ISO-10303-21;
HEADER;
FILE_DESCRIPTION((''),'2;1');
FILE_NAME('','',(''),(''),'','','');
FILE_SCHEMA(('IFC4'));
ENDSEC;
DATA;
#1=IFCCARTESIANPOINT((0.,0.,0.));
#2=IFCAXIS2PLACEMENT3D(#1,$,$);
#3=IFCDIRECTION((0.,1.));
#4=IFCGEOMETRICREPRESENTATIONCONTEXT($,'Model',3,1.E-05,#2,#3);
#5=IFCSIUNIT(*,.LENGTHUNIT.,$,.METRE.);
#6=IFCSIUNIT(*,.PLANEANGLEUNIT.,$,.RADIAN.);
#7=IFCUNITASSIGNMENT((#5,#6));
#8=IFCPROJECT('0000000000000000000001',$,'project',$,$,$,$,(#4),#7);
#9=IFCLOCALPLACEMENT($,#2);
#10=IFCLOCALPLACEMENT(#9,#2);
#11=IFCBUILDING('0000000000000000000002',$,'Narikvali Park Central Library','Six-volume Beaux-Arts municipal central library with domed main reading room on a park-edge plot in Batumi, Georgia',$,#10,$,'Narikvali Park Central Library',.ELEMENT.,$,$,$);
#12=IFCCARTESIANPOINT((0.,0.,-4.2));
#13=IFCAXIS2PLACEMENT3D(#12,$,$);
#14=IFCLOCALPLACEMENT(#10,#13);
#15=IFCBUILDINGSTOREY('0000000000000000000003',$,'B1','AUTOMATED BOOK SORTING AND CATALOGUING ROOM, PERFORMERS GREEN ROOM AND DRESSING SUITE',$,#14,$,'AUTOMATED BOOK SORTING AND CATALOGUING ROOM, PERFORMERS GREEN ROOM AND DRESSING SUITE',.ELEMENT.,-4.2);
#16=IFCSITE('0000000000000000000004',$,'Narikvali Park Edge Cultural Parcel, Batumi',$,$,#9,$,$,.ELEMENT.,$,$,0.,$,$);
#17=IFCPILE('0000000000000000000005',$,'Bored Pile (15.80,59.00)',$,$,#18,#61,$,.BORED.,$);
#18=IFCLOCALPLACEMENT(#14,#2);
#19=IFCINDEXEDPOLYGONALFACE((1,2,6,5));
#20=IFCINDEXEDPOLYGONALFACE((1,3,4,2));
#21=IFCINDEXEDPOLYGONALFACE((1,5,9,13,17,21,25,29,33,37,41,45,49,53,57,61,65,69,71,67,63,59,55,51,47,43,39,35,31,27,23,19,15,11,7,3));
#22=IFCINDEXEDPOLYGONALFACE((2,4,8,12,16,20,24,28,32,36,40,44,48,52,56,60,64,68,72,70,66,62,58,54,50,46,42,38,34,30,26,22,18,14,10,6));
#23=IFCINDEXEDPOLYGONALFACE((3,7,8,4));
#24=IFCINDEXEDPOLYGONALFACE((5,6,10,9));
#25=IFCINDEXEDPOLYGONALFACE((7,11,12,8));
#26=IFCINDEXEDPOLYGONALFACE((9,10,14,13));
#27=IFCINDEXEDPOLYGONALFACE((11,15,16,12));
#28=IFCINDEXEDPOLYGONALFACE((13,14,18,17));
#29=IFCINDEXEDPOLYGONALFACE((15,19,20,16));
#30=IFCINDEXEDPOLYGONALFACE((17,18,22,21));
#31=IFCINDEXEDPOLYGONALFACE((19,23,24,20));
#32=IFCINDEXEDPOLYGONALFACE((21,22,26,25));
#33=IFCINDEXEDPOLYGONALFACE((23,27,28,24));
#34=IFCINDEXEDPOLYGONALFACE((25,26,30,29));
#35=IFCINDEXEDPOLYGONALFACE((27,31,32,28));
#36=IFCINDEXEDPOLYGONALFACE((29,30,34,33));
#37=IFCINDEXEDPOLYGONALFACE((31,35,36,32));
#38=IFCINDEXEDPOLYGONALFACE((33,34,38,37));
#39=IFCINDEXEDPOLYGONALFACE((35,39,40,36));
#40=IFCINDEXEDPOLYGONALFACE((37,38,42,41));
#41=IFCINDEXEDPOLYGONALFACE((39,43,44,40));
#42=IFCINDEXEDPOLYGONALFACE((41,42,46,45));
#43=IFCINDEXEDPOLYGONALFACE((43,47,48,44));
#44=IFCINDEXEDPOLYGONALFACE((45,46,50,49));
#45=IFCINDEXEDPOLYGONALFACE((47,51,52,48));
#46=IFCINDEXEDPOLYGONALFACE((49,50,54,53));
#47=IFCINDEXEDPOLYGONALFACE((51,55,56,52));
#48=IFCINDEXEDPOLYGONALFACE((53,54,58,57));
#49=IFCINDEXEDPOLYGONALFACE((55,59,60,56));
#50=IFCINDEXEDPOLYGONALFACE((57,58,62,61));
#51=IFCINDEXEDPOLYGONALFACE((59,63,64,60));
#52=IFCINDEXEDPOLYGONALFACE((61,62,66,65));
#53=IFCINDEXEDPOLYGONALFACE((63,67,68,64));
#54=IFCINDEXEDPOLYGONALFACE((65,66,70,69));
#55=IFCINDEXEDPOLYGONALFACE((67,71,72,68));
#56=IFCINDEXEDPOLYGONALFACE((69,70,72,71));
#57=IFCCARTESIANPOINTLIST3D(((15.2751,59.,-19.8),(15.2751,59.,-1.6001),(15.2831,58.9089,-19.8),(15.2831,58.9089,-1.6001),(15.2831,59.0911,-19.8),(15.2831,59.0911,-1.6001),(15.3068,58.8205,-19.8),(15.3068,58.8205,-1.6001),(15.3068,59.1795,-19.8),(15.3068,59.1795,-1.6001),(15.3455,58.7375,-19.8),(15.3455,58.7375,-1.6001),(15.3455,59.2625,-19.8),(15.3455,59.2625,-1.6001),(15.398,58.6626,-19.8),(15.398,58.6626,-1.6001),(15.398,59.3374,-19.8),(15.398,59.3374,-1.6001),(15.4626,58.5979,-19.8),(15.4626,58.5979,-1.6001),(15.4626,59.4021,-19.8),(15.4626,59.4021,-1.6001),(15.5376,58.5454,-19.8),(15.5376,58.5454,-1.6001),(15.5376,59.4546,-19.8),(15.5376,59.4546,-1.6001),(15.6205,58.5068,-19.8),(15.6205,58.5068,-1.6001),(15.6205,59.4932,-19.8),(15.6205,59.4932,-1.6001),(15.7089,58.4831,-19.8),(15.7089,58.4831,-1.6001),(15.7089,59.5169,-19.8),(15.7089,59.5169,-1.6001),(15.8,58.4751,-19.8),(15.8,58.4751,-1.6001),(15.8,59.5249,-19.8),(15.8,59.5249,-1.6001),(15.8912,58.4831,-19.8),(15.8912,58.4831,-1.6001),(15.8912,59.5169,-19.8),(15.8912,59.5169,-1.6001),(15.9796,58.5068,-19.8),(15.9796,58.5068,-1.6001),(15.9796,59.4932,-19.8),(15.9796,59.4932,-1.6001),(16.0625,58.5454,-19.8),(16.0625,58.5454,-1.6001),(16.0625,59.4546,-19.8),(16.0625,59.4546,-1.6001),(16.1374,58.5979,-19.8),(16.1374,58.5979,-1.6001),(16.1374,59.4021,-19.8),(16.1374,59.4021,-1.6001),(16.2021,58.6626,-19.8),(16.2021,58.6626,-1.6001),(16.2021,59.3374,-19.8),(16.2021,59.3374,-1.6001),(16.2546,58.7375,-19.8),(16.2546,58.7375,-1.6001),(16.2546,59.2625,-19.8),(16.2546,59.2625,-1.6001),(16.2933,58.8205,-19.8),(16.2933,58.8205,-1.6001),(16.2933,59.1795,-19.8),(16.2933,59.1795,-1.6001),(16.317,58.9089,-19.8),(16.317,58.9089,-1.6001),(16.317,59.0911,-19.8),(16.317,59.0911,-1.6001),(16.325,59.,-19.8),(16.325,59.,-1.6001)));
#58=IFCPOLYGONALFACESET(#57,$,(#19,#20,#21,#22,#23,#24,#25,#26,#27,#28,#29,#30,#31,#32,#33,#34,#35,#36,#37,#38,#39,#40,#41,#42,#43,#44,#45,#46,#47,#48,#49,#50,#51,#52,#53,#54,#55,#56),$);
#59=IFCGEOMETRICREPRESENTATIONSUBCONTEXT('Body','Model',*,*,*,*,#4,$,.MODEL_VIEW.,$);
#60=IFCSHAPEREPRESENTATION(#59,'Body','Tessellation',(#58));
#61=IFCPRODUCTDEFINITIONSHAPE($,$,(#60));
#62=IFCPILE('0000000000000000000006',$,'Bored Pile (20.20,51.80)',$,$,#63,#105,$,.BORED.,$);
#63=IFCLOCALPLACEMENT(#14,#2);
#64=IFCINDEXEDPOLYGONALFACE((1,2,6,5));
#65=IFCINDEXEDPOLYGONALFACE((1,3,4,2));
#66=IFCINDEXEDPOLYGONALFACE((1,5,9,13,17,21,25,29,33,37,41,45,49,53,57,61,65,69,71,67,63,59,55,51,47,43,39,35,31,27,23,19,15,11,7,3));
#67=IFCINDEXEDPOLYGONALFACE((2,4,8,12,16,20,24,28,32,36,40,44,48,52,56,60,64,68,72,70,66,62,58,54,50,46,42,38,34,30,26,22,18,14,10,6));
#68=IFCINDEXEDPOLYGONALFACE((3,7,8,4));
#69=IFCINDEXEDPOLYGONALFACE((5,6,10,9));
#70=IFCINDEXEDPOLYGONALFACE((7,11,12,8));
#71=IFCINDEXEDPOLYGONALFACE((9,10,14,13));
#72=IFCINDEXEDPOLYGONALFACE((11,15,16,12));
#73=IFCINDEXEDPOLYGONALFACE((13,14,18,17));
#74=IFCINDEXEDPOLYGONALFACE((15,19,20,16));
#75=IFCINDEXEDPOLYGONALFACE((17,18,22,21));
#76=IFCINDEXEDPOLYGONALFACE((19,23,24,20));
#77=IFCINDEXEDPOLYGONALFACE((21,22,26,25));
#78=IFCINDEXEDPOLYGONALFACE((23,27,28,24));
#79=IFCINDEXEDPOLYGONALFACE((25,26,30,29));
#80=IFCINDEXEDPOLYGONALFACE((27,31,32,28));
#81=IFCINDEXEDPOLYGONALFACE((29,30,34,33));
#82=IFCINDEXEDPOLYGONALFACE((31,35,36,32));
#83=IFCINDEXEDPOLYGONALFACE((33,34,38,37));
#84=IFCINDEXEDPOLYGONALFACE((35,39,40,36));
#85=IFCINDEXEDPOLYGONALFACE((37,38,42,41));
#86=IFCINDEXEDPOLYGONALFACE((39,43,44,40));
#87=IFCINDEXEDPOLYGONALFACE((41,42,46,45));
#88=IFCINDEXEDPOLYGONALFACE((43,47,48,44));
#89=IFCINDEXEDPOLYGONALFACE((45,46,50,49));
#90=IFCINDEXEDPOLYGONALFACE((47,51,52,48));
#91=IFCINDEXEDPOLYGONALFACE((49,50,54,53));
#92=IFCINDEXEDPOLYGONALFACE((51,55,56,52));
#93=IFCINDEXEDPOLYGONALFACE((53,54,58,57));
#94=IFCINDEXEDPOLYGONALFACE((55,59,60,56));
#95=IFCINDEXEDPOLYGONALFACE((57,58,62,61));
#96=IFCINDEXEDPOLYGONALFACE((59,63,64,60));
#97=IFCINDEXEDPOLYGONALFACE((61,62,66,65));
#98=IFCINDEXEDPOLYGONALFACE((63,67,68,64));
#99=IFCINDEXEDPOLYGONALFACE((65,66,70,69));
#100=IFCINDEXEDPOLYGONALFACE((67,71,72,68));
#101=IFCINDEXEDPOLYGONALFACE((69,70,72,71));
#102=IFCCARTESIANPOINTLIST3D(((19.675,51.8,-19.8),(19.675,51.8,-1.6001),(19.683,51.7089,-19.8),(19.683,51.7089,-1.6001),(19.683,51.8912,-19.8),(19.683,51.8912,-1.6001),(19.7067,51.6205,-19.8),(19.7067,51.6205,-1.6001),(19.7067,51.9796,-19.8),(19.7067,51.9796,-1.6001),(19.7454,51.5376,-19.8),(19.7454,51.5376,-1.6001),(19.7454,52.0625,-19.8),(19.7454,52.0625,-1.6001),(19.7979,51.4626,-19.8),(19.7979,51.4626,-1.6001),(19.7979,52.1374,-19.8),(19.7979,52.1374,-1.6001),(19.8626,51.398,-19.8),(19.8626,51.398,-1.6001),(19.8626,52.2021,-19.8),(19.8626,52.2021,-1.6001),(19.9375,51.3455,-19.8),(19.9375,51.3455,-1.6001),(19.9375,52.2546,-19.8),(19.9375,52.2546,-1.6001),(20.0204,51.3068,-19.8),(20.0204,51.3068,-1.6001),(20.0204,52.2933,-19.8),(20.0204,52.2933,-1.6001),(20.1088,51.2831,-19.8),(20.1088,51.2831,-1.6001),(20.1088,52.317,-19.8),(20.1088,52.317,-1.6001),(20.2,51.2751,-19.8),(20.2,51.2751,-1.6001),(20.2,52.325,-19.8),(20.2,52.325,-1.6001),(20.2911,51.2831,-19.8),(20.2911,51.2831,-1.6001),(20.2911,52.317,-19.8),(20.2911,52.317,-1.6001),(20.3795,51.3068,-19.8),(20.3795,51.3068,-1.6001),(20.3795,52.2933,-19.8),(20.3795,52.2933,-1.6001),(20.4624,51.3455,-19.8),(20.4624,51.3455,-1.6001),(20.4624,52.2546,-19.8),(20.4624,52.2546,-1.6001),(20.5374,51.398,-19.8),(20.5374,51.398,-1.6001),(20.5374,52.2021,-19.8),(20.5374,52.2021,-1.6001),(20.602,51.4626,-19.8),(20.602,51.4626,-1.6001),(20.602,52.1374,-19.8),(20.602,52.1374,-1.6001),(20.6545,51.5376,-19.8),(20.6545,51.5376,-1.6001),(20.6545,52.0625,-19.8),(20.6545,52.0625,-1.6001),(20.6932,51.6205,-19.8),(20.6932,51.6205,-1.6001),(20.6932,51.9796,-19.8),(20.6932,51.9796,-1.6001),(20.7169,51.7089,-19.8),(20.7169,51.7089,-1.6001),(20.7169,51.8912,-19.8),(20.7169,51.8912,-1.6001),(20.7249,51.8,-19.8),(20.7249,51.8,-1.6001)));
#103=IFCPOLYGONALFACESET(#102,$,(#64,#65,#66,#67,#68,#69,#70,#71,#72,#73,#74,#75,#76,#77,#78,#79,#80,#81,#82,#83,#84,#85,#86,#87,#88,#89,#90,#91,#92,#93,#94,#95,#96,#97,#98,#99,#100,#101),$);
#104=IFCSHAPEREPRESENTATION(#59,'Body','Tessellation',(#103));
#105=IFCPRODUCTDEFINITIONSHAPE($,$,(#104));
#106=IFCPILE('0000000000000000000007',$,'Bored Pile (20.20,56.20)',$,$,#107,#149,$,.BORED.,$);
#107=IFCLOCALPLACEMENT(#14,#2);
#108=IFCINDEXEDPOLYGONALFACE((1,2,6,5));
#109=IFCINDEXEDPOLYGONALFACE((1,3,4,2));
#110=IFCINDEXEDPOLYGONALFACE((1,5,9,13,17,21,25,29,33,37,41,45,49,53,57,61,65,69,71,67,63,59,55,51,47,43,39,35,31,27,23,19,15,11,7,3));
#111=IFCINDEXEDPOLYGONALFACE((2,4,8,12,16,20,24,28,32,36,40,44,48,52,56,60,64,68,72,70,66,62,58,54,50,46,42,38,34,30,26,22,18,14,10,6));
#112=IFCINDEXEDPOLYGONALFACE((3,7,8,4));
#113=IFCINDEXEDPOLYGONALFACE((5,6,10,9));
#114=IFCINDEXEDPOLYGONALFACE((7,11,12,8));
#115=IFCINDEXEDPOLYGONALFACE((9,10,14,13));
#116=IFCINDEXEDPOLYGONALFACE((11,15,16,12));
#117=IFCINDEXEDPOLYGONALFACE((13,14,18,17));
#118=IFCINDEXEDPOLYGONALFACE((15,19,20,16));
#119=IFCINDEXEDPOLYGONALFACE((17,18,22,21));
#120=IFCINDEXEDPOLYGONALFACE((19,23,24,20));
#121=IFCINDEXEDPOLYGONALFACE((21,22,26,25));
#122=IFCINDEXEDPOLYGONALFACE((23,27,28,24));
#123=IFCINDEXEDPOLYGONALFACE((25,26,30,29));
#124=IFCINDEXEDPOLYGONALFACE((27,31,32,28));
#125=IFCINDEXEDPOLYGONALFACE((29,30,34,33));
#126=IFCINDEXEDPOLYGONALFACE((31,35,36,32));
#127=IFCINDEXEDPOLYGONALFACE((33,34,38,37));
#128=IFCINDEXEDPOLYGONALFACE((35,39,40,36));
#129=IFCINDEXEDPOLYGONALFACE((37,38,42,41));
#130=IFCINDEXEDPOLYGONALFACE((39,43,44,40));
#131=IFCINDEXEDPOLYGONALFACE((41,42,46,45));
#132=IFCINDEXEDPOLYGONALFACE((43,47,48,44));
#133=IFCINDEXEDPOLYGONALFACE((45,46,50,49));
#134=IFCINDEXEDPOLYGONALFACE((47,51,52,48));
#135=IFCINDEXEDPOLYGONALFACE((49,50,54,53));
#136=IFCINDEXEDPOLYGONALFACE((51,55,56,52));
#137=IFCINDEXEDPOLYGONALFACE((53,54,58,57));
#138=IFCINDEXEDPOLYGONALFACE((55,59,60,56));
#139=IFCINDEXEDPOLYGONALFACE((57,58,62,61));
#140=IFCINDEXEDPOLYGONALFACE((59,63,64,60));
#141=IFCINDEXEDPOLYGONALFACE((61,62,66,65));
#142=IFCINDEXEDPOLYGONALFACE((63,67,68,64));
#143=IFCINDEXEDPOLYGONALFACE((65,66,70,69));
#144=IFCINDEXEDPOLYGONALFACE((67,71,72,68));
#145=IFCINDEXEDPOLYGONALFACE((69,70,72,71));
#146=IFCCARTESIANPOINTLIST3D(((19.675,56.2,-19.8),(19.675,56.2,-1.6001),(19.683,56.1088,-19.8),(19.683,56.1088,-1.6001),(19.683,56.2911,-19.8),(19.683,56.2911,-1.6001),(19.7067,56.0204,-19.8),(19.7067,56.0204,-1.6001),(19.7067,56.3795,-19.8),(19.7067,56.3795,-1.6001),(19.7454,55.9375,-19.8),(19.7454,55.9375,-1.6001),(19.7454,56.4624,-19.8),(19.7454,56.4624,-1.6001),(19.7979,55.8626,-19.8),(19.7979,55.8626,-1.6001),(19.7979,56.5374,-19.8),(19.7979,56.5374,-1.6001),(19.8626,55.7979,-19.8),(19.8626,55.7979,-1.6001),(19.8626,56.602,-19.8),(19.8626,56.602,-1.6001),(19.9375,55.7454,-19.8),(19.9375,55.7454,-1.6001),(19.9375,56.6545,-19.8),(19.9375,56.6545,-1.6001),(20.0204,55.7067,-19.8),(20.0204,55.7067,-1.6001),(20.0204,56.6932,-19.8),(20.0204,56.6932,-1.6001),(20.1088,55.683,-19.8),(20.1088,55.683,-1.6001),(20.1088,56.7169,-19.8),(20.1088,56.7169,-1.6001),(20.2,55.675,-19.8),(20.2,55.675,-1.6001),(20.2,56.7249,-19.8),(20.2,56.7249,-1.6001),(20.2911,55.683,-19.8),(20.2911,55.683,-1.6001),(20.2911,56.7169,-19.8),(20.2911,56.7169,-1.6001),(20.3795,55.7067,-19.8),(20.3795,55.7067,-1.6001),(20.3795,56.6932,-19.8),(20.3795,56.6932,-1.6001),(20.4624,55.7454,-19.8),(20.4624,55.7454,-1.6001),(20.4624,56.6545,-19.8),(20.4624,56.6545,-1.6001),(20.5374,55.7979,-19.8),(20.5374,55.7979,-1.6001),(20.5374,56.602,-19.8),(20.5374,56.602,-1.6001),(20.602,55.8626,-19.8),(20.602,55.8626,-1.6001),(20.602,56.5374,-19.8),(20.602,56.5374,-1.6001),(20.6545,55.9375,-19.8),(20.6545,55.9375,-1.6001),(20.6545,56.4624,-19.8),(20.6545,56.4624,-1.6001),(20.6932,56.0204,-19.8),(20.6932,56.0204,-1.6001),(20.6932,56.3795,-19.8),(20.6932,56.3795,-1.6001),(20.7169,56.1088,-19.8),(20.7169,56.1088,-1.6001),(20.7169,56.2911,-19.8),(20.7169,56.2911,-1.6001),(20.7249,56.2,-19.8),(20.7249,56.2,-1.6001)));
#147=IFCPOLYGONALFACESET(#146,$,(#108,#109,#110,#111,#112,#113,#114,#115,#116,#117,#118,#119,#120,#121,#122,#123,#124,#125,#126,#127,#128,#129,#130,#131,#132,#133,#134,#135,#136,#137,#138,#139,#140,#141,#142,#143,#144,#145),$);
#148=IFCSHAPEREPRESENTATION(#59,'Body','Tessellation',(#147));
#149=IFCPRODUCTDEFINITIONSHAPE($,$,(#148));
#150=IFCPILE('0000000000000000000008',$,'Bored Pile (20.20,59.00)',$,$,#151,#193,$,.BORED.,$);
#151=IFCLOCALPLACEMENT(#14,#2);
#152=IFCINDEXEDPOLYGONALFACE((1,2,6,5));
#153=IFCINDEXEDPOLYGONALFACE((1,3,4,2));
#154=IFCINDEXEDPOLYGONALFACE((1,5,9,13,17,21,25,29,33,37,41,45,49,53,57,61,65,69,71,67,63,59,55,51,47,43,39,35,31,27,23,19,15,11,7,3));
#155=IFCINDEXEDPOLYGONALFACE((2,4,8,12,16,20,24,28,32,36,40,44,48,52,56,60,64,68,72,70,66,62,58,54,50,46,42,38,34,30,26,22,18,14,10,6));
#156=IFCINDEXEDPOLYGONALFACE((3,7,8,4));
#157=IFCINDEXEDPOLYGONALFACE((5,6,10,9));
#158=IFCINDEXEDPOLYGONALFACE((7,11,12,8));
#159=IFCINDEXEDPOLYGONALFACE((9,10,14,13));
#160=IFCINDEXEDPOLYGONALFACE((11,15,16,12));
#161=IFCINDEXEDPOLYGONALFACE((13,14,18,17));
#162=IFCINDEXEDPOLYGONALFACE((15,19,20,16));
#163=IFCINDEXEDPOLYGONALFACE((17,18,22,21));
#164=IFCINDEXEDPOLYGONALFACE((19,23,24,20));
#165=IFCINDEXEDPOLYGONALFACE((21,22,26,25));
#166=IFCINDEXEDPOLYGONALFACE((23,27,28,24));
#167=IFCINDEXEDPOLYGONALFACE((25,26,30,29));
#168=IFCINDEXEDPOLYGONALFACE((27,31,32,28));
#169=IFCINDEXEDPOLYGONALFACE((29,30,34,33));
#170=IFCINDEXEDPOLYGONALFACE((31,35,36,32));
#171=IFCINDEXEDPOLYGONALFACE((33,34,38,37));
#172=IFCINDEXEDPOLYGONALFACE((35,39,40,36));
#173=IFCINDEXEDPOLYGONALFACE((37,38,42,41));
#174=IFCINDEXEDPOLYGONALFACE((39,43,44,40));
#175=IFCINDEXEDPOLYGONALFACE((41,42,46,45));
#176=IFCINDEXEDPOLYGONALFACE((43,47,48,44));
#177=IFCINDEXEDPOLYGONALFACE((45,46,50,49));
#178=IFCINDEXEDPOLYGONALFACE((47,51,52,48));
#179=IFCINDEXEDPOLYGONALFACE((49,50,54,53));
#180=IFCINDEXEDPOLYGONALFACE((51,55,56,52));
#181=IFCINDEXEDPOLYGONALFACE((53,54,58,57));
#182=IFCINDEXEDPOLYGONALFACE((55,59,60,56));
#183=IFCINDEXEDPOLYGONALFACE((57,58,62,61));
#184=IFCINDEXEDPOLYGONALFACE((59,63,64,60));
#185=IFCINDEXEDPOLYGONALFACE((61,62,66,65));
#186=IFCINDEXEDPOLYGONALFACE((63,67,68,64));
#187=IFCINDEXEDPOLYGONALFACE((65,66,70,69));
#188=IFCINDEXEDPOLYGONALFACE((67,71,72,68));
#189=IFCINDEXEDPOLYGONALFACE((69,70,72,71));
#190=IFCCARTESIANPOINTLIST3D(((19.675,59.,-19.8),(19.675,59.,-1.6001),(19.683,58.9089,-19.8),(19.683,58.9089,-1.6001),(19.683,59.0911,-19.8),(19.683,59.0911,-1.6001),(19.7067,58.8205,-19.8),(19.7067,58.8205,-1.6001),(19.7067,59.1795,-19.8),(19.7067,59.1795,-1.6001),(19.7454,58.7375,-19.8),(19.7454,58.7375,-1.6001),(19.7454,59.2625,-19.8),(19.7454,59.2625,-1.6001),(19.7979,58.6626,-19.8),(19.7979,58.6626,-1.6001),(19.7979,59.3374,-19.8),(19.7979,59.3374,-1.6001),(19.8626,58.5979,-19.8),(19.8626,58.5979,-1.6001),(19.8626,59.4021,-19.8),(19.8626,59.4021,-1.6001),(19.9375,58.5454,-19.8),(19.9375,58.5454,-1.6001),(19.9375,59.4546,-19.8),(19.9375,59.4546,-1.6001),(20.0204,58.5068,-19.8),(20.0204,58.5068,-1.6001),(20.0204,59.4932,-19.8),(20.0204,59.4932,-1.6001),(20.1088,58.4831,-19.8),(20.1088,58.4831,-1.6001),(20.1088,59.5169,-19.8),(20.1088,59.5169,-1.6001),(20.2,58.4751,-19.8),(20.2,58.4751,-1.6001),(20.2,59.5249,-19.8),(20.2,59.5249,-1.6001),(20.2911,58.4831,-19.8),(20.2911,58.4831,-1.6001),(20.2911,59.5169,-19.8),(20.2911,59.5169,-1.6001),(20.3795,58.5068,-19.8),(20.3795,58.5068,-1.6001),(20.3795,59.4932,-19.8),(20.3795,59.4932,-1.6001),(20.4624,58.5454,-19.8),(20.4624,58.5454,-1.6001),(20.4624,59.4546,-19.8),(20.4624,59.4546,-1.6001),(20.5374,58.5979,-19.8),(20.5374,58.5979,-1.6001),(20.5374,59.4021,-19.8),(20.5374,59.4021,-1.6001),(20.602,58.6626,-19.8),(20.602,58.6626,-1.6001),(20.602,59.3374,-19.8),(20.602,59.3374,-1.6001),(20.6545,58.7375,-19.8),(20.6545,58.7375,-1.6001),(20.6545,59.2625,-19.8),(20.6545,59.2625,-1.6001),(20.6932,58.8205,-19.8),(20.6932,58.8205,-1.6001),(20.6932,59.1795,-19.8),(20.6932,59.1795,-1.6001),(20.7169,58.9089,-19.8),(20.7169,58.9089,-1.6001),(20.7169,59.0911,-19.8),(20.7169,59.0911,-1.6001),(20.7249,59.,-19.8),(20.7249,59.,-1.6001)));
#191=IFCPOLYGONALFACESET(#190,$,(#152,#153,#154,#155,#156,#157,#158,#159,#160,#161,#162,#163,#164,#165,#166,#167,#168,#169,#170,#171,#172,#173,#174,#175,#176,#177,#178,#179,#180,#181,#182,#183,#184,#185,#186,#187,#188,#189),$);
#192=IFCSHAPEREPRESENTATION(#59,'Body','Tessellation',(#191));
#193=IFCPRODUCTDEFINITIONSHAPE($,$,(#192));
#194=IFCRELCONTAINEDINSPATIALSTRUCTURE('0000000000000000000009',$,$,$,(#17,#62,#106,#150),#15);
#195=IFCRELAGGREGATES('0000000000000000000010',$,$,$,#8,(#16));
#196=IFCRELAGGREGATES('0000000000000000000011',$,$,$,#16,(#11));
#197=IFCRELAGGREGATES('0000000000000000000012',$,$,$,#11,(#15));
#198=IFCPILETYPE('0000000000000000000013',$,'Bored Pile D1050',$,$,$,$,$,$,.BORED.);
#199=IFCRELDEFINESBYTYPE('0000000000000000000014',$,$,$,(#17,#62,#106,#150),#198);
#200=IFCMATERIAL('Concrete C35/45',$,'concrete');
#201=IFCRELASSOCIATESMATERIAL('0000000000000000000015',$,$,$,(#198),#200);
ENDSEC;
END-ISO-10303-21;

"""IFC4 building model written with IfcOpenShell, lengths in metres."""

from ifc_helpers import new_model, si_unit, direction, frame, origin, origin_2d, place, context, subcontext, project, spatial, circle, extrude, material, material_profile, profile_set, type_object, element, save


model = new_model("IFC4")

# Units and contexts
model_context = context("Model", 3, precision=1e-05, world=origin(), true_north=direction((0.0, 1.0)))
body_context = subcontext(model_context, "Body", "Model", "MODEL_VIEW")
ifc_project = project(units=[si_unit("LENGTHUNIT", "METRE"), si_unit("PLANEANGLEUNIT", "RADIAN")], contexts=[model_context])

# Site, building, storey
site_placement = place(None, origin())
site = spatial("IfcSite", under=ifc_project, at=site_placement, Name="Narikvali Park Edge Cultural Parcel, Batumi", CompositionType="ELEMENT", RefElevation=0.0)
building_placement = place(site_placement, origin())
building = spatial("IfcBuilding", under=site, at=building_placement, Name="Narikvali Park Central Library", Description="Six-volume Beaux-Arts municipal central library with domed main reading room on a park-edge plot in Batumi, Georgia", LongName="Narikvali Park Central Library", CompositionType="ELEMENT")
storey_placement = place(building_placement, frame((0.0, 0.0, -4.2)))
storey = spatial("IfcBuildingStorey", under=building, at=storey_placement, Name="B1", Description="AUTOMATED BOOK SORTING AND CATALOGUING ROOM, PERFORMERS GREEN ROOM AND DRESSING SUITE", LongName="AUTOMATED BOOK SORTING AND CATALOGUING ROOM, PERFORMERS GREEN ROOM AND DRESSING SUITE", CompositionType="ELEMENT", Elevation=-4.2)

# Piles
ifc_material_1 = material(Name="Concrete C35/45", Category="concrete")
ifc_material_profile_1 = material_profile(ifc_material_1, circle(Radius=0.5249, at=origin_2d()), Name="PILE D1050")
ifc_profile_set_1 = profile_set([ifc_material_profile_1], Name="Concrete C35/45")
pile_type_1 = type_object("IfcPileType", Name="Bored Pile D1050", PredefinedType="BORED", material=ifc_profile_set_1)
for number, where, z_axis, x_axis, name in (
    (1, (15.8, 59.0, -1.6001), (0.0, 0.0, -1.0), (1.0, 0.0, 0.0), "Bored Pile (15.80,59.00)"),
    (2, (20.2, 51.8, -1.6001), (0.0, 0.0, -1.0), (1.0, 0.0, 0.0), "Bored Pile (20.20,51.80)"),
    (3, (20.2, 56.2, -1.6001), (0.0, 0.0, -1.0), (1.0, 0.0, 0.0), "Bored Pile (20.20,56.20)"),
    (4, (20.2, 59.0, -1.6001), (0.0, 0.0, -1.0), (1.0, 0.0, 0.0), "Bored Pile (20.20,59.00)"),
):
    element("IfcPile", number, at=place(storey_placement, frame(where, z_axis=z_axis, x_axis=x_axis)), inside=storey, type_object=pile_type_1, Name=name, PredefinedType="BORED", context=body_context, shape_type="SweptSolid", body=[
        extrude(circle(Radius=0.5249, at=origin_2d()), origin(), (0.0, 0.0, 1.0), 18.2),
    ])

save(model, "model.ifc")
